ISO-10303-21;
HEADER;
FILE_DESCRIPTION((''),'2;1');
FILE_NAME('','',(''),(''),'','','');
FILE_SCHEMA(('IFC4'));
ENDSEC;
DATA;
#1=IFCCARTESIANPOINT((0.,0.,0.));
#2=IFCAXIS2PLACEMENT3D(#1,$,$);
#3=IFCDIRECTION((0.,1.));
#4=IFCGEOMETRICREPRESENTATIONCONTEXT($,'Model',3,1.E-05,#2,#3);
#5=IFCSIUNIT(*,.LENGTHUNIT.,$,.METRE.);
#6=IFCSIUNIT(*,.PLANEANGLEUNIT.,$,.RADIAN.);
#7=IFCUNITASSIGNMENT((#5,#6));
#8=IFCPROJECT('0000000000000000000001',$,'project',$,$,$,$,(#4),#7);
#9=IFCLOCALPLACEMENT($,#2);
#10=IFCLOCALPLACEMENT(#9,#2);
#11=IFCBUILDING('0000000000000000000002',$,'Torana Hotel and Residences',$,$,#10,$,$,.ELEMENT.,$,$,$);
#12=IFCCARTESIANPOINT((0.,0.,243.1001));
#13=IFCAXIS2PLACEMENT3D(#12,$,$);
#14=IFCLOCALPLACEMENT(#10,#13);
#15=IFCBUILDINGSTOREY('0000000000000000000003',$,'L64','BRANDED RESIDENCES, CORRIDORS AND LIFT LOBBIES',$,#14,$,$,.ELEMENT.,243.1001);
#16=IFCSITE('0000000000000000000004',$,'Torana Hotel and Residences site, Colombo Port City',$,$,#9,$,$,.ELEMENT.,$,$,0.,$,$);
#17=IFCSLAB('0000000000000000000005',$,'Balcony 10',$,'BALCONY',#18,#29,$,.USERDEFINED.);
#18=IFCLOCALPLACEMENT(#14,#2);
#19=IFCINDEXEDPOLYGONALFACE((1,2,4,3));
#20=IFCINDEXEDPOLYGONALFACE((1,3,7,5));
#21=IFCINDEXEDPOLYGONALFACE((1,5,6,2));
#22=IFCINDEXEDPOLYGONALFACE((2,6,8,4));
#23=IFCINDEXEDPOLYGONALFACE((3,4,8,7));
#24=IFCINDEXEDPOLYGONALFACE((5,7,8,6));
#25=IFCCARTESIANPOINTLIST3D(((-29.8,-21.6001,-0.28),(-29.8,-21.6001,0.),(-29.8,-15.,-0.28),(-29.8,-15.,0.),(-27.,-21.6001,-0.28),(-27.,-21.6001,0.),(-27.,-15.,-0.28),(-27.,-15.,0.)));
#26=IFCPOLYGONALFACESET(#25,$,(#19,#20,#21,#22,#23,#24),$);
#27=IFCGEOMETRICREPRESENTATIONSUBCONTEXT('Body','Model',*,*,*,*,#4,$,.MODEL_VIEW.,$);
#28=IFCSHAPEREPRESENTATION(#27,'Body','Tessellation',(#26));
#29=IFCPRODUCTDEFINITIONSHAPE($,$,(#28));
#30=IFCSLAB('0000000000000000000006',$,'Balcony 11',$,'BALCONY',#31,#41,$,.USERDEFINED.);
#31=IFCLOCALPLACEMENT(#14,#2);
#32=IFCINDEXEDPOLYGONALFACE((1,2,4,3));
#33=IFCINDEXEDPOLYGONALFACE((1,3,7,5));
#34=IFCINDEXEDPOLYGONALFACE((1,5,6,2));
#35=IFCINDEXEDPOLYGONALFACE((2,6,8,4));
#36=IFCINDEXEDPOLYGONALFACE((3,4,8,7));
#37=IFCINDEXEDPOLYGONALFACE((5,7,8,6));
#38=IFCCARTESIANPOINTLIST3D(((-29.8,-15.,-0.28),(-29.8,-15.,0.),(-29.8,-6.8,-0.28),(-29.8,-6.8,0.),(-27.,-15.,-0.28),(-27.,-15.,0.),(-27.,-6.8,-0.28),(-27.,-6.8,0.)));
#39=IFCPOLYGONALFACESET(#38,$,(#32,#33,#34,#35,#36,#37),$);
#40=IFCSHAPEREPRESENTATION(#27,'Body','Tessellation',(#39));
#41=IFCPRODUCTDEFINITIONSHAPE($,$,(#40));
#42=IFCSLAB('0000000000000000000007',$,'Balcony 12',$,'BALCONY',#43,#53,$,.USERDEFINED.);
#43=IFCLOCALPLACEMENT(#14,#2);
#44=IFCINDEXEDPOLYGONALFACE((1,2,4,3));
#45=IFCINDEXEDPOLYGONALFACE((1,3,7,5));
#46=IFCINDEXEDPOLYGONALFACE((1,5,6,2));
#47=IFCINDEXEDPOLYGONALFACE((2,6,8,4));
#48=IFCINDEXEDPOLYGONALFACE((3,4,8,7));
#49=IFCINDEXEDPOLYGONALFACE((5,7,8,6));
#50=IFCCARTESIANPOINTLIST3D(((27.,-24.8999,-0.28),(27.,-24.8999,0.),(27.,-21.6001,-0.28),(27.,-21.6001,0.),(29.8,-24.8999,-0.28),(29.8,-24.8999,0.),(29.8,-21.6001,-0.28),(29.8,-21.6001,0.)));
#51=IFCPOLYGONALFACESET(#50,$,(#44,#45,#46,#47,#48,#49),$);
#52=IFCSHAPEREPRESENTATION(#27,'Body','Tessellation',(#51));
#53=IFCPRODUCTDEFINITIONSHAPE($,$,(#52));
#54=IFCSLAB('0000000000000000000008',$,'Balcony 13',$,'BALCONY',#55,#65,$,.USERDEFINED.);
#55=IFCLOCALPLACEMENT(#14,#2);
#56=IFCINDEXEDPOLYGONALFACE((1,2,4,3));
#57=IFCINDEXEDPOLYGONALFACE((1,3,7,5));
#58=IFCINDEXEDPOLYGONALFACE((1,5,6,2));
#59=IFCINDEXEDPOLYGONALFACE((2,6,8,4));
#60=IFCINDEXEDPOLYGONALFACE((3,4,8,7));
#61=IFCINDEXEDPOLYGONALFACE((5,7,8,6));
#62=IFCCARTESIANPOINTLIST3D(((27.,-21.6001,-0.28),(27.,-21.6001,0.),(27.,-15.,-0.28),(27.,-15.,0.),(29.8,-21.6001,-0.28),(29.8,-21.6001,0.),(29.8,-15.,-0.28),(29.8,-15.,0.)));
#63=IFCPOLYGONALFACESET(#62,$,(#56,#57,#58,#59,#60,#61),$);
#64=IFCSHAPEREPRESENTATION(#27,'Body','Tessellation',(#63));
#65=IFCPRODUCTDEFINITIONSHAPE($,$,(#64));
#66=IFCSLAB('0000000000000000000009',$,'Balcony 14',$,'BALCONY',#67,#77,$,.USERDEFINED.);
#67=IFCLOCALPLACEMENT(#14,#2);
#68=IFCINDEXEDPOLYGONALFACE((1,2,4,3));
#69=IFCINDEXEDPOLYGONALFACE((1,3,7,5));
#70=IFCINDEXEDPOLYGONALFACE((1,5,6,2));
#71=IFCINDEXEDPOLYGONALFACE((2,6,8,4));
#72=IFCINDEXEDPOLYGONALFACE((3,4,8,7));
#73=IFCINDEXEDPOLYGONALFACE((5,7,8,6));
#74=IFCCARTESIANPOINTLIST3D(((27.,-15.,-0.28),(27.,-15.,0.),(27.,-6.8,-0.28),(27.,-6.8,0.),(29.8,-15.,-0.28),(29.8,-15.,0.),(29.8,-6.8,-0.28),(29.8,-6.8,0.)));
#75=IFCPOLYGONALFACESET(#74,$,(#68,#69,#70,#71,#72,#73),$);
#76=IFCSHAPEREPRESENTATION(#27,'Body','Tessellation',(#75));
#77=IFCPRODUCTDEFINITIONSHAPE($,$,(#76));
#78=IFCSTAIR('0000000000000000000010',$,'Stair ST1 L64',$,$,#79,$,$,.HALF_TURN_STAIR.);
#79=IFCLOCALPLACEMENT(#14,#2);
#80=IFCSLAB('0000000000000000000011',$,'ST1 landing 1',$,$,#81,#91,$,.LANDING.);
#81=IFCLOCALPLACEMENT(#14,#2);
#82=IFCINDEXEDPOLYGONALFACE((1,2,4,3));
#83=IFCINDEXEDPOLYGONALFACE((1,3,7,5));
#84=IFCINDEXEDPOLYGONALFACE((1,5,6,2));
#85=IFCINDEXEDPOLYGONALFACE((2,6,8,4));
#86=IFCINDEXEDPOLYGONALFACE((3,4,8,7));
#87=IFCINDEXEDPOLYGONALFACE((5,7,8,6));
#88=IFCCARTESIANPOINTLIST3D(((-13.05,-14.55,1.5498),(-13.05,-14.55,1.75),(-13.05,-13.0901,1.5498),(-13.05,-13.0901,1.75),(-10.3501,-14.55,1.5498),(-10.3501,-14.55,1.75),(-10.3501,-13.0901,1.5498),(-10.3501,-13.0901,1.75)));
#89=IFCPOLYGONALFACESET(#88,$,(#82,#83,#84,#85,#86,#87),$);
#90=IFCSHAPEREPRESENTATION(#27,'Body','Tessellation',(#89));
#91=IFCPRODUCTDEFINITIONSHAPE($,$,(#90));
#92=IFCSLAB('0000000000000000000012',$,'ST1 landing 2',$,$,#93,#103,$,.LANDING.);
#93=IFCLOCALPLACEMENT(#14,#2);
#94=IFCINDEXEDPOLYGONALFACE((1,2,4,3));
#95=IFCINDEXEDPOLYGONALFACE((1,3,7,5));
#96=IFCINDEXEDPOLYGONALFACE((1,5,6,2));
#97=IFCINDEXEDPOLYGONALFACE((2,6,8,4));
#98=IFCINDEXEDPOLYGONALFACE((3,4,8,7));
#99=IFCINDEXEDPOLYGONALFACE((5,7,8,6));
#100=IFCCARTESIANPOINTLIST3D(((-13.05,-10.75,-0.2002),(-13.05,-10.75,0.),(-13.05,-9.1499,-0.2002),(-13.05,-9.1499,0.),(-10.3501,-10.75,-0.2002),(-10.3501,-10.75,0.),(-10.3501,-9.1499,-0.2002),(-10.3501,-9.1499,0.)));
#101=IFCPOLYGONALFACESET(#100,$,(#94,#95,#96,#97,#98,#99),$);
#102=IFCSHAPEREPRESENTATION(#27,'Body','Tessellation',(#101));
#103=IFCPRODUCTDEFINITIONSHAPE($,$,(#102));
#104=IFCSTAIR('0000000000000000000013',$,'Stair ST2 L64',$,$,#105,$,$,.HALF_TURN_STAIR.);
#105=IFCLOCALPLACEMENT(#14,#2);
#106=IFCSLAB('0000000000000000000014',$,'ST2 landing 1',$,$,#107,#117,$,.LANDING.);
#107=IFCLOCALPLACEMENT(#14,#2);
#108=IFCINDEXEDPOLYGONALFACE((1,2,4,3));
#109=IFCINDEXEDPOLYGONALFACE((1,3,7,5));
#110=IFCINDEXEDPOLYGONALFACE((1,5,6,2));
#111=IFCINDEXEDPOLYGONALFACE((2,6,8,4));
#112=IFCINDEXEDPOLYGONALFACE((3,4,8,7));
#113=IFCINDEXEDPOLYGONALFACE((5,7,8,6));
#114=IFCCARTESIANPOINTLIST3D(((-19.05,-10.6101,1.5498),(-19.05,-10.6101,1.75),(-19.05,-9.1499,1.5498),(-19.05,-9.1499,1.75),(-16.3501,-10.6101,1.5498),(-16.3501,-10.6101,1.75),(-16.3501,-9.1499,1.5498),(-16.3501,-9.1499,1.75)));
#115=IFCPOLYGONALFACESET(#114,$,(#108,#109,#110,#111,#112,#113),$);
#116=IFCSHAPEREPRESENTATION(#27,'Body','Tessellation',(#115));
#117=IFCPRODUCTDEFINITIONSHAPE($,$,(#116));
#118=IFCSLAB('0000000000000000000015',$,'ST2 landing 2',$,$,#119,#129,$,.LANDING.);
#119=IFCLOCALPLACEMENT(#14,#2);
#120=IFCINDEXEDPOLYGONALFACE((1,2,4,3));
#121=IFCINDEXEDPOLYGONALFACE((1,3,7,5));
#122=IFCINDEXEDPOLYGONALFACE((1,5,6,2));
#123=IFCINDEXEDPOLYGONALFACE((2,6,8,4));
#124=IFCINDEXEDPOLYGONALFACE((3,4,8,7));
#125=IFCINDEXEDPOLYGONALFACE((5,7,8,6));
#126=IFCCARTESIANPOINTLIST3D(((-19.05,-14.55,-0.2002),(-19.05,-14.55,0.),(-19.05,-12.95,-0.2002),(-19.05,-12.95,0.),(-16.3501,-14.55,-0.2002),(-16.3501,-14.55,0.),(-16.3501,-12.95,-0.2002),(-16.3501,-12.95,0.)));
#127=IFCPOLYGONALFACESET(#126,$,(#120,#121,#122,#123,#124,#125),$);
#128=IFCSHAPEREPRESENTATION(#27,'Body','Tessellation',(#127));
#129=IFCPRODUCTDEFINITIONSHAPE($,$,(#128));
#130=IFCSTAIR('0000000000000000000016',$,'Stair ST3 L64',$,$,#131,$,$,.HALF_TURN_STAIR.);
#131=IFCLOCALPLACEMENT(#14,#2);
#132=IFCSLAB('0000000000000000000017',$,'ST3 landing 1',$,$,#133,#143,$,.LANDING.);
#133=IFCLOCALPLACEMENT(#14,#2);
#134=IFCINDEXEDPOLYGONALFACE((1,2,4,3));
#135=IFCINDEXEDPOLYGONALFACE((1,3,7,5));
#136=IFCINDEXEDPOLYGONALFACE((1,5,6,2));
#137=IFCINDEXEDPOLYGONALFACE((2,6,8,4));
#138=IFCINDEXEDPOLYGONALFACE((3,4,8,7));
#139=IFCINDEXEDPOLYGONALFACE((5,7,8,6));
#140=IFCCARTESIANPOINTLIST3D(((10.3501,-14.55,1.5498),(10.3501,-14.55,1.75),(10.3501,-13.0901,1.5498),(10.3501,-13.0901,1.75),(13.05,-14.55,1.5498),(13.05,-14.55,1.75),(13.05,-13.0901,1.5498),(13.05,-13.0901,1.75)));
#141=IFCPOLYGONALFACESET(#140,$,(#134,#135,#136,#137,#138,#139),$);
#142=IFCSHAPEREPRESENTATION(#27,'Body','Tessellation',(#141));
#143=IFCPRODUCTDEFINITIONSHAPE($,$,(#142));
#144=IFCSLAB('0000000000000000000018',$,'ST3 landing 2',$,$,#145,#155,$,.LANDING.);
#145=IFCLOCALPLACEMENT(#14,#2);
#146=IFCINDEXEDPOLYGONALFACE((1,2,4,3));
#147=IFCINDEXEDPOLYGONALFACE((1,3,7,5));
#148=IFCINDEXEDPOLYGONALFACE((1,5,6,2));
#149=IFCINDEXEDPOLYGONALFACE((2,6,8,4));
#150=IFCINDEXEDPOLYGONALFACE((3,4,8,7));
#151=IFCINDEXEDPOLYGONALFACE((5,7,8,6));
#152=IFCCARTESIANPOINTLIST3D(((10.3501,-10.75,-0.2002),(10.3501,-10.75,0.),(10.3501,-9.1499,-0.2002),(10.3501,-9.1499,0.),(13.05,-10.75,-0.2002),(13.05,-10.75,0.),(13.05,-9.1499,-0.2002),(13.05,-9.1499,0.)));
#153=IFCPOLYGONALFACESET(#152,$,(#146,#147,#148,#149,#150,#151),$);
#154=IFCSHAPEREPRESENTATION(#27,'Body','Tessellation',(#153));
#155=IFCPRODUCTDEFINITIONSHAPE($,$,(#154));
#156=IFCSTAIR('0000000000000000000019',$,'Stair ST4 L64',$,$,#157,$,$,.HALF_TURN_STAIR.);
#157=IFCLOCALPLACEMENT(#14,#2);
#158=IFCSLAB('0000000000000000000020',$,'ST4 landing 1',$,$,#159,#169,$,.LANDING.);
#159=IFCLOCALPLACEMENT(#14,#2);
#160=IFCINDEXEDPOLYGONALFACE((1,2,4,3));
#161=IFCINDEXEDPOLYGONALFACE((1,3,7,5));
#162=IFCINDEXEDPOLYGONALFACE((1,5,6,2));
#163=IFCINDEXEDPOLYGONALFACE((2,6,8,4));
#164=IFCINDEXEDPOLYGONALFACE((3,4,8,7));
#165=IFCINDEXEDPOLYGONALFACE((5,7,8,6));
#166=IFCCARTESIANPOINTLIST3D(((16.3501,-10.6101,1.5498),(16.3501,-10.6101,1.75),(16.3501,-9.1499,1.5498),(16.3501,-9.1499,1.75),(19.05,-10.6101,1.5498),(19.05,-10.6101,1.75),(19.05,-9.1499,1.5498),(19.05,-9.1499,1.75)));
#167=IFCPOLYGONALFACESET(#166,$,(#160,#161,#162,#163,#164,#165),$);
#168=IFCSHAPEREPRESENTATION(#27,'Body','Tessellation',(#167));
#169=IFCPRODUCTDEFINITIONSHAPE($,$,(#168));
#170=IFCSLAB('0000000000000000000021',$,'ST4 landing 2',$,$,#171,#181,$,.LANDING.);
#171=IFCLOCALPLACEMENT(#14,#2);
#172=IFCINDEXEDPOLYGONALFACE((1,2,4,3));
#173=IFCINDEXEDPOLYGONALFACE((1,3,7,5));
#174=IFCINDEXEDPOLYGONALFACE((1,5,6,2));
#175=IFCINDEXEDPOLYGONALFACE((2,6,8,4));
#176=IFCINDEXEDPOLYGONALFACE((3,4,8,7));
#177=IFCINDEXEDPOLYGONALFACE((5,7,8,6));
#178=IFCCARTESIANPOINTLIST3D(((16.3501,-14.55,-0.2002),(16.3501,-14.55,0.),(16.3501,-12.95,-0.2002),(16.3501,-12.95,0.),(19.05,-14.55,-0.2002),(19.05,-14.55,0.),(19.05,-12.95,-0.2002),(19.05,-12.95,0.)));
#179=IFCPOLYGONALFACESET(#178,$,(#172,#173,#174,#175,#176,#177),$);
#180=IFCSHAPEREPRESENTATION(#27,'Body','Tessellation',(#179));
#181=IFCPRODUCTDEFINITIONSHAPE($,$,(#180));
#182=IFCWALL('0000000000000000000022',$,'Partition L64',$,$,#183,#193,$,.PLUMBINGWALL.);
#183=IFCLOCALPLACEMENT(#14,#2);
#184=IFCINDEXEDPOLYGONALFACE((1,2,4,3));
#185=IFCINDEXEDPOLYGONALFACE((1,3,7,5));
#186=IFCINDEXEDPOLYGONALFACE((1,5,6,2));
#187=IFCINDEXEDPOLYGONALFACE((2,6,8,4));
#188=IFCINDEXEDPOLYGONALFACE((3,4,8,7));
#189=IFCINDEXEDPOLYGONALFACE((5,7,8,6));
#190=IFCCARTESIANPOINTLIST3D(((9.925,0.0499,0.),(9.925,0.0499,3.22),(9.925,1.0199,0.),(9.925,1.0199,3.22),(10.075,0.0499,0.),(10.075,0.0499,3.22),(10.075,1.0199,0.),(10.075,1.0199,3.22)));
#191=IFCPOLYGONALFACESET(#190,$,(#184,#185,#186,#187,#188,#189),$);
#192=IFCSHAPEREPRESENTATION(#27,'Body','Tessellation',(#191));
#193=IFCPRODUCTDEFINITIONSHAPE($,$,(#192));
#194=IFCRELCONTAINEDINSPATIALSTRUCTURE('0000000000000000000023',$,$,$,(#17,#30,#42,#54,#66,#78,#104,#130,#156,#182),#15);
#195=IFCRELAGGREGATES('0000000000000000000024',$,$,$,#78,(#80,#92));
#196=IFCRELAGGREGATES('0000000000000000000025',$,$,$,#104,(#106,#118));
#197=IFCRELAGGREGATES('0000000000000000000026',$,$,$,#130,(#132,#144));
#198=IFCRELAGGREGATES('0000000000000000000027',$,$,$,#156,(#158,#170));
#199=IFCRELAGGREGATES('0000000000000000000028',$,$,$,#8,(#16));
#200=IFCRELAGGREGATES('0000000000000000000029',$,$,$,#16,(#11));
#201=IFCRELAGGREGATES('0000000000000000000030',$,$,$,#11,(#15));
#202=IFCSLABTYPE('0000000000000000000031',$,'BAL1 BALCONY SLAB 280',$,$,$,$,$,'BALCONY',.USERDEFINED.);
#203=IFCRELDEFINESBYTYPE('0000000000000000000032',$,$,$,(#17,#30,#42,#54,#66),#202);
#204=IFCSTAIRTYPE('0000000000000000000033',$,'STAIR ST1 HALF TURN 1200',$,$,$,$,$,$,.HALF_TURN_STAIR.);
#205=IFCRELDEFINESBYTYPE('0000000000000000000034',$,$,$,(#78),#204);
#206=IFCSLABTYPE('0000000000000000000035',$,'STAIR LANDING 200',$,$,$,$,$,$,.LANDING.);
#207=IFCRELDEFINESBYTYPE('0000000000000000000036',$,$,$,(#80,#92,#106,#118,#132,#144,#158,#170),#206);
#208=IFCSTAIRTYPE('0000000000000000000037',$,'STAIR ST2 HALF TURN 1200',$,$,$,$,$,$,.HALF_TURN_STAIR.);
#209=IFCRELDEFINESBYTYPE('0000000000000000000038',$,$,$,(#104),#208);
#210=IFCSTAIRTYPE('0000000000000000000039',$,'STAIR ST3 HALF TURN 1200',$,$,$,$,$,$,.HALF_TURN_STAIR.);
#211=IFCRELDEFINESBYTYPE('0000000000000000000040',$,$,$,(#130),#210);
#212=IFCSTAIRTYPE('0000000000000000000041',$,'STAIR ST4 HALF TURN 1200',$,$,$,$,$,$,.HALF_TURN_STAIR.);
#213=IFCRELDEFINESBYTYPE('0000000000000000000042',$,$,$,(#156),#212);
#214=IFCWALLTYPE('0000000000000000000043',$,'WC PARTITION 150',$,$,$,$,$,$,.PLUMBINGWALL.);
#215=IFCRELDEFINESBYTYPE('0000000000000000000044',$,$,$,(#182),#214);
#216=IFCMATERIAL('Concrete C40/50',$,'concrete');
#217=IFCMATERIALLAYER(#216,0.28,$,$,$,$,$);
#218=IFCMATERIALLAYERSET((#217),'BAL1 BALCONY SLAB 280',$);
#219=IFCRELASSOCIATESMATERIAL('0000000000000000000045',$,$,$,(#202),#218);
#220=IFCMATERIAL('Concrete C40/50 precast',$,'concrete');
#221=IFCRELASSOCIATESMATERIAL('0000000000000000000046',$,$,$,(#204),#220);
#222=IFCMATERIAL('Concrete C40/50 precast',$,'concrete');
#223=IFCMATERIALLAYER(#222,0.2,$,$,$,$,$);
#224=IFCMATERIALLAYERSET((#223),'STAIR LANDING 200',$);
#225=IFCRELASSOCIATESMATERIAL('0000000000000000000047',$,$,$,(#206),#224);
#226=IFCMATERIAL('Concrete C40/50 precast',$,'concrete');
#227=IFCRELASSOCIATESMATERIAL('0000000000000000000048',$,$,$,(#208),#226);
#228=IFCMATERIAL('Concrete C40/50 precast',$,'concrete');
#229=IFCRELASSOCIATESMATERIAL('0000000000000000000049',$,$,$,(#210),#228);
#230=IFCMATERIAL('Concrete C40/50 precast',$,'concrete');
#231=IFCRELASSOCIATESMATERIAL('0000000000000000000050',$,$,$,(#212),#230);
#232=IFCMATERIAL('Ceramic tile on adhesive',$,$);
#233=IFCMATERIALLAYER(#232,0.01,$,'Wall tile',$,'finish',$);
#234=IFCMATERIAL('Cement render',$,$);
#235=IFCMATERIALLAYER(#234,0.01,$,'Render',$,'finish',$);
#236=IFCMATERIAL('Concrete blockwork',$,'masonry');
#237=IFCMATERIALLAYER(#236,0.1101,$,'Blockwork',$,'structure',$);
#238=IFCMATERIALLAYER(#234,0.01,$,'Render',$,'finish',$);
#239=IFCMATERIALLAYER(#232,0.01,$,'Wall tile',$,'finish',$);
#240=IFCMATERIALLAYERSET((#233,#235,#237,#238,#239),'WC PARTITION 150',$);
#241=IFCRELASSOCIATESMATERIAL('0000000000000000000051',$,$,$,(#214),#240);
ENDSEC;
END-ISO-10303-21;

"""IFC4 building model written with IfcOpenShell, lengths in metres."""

from ifc_helpers import new_model, si_unit, direction, frame, frame_2d, origin, place, context, subcontext, project, spatial, polyline, rectangle, outline, extrude, material, layer, layer_set, type_object, element, aggregate, save


model = new_model("IFC4")

# Units and contexts
model_context = context("Model", 3, precision=1e-05, world=origin(), true_north=direction((0.0, 1.0)))
body_context = subcontext(model_context, "Body", "Model", "MODEL_VIEW")
ifc_project = project(units=[si_unit("LENGTHUNIT", "METRE"), si_unit("PLANEANGLEUNIT", "RADIAN")], contexts=[model_context])

# Site, building, storey
site_placement = place(None, origin())
site = spatial("IfcSite", under=ifc_project, at=site_placement, Name="Torana Hotel and Residences site, Colombo Port City", CompositionType="ELEMENT", RefElevation=0.0)
building_placement = place(site_placement, origin())
building = spatial("IfcBuilding", under=site, at=building_placement, Name="Torana Hotel and Residences", CompositionType="ELEMENT")
storey_placement = place(building_placement, frame((0.0, 0.0, 243.1001)))
storey = spatial("IfcBuildingStorey", under=building, at=storey_placement, Name="L64", Description="BRANDED RESIDENCES, CORRIDORS AND LIFT LOBBIES", CompositionType="ELEMENT", Elevation=243.1001)

# Slabs
ifc_material_1 = material(Name="Concrete C40/50", Category="concrete")
ifc_layer_1 = layer(ifc_material_1, 0.28)
ifc_layer_set_1 = layer_set([ifc_layer_1], Name="BAL1 BALCONY SLAB 280")
slab_type_1 = type_object("IfcSlabType", Name="BAL1 BALCONY SLAB 280", ElementType="BALCONY", PredefinedType="USERDEFINED", material=ifc_layer_set_1)
slab_1_placement = place(storey_placement, frame((0.0, 0.0, -0.28)))
element("IfcSlab", 1, at=slab_1_placement, inside=storey, type_object=slab_type_1, Name="Balcony 10", ObjectType="BALCONY", PredefinedType="USERDEFINED", context=body_context, shape_type="SweptSolid", body=[
    extrude(outline(polyline([(-29.8, -21.6001), (-27.0, -21.6001), (-27.0, -15.0), (-29.8, -15.0), (-29.8, -21.6001)])), origin(), (0.0, 0.0, 1.0), 0.28),
])
slab_2_placement = place(storey_placement, frame((0.0, 0.0, -0.28)))
element("IfcSlab", 2, at=slab_2_placement, inside=storey, type_object=slab_type_1, Name="Balcony 11", ObjectType="BALCONY", PredefinedType="USERDEFINED", context=body_context, shape_type="SweptSolid", body=[
    extrude(outline(polyline([(-29.8, -15.0), (-27.0, -15.0), (-27.0, -6.8), (-29.8, -6.8), (-29.8, -15.0)])), origin(), (0.0, 0.0, 1.0), 0.28),
])
slab_3_placement = place(storey_placement, frame((0.0, 0.0, -0.28)))
element("IfcSlab", 3, at=slab_3_placement, inside=storey, type_object=slab_type_1, Name="Balcony 12", ObjectType="BALCONY", PredefinedType="USERDEFINED", context=body_context, shape_type="SweptSolid", body=[
    extrude(outline(polyline([(27.0, -24.8999), (29.8, -24.8999), (29.8, -21.6001), (27.0, -21.6001), (27.0, -24.8999)])), origin(), (0.0, 0.0, 1.0), 0.28),
])
slab_4_placement = place(storey_placement, frame((0.0, 0.0, -0.28)))
element("IfcSlab", 4, at=slab_4_placement, inside=storey, type_object=slab_type_1, Name="Balcony 13", ObjectType="BALCONY", PredefinedType="USERDEFINED", context=body_context, shape_type="SweptSolid", body=[
    extrude(outline(polyline([(27.0, -21.6001), (29.8, -21.6001), (29.8, -15.0), (27.0, -15.0), (27.0, -21.6001)])), origin(), (0.0, 0.0, 1.0), 0.28),
])
slab_5_placement = place(storey_placement, frame((0.0, 0.0, -0.28)))
element("IfcSlab", 5, at=slab_5_placement, inside=storey, type_object=slab_type_1, Name="Balcony 14", ObjectType="BALCONY", PredefinedType="USERDEFINED", context=body_context, shape_type="SweptSolid", body=[
    extrude(outline(polyline([(27.0, -15.0), (29.8, -15.0), (29.8, -6.8), (27.0, -6.8), (27.0, -15.0)])), origin(), (0.0, 0.0, 1.0), 0.28),
])

# Stairs, slabs
ifc_material_2 = material(Name="Concrete C40/50 precast", Category="concrete")
stair_type_1 = type_object("IfcStairType", Name="STAIR ST1 HALF TURN 1200", PredefinedType="HALF_TURN_STAIR", material=ifc_material_2)
stair_1_placement = place(storey_placement, origin())
stair_1 = element("IfcStair", 6, at=stair_1_placement, inside=storey, type_object=stair_type_1, Name="Stair ST1 L64", PredefinedType="HALF_TURN_STAIR")
ifc_material_3 = material(Name="Concrete C40/50 precast", Category="concrete")
ifc_layer_2 = layer(ifc_material_3, 0.2)
ifc_layer_set_2 = layer_set([ifc_layer_2], Name="STAIR LANDING 200")
slab_type_2 = type_object("IfcSlabType", Name="STAIR LANDING 200", PredefinedType="LANDING", material=ifc_layer_set_2)
slab_6_placement = place(storey_placement, frame((0.0, 0.0, 1.5498)))
slab_6 = element("IfcSlab", 7, at=slab_6_placement, type_object=slab_type_2, Name="ST1 landing 1", PredefinedType="LANDING", context=body_context, shape_type="SweptSolid", body=[
    extrude(outline(polyline([(-13.05, -14.55), (-10.3501, -14.55), (-10.3501, -13.0901), (-13.05, -13.0901), (-13.05, -14.55)])), origin(), (0.0, 0.0, 1.0), 0.2002),
])
slab_7_placement = place(storey_placement, frame((0.0, 0.0, -0.2002)))
slab_7 = element("IfcSlab", 8, at=slab_7_placement, type_object=slab_type_2, Name="ST1 landing 2", PredefinedType="LANDING", context=body_context, shape_type="SweptSolid", body=[
    extrude(outline(polyline([(-13.05, -10.75), (-10.3501, -10.75), (-10.3501, -9.1499), (-13.05, -9.1499), (-13.05, -10.75)])), origin(), (0.0, 0.0, 1.0), 0.2002),
])
aggregate(stair_1, [slab_6, slab_7])
ifc_material_4 = material(Name="Concrete C40/50 precast", Category="concrete")
stair_type_2 = type_object("IfcStairType", Name="STAIR ST2 HALF TURN 1200", PredefinedType="HALF_TURN_STAIR", material=ifc_material_4)
stair_2_placement = place(storey_placement, origin())
stair_2 = element("IfcStair", 9, at=stair_2_placement, inside=storey, type_object=stair_type_2, Name="Stair ST2 L64", PredefinedType="HALF_TURN_STAIR")
slab_8_placement = place(storey_placement, frame((0.0, 0.0, 1.5498)))
slab_8 = element("IfcSlab", 10, at=slab_8_placement, type_object=slab_type_2, Name="ST2 landing 1", PredefinedType="LANDING", context=body_context, shape_type="SweptSolid", body=[
    extrude(outline(polyline([(-19.05, -10.6101), (-16.3501, -10.6101), (-16.3501, -9.1499), (-19.05, -9.1499), (-19.05, -10.6101)])), origin(), (0.0, 0.0, 1.0), 0.2002),
])
slab_9_placement = place(storey_placement, frame((0.0, 0.0, -0.2002)))
slab_9 = element("IfcSlab", 11, at=slab_9_placement, type_object=slab_type_2, Name="ST2 landing 2", PredefinedType="LANDING", context=body_context, shape_type="SweptSolid", body=[
    extrude(outline(polyline([(-19.05, -14.55), (-16.3501, -14.55), (-16.3501, -12.95), (-19.05, -12.95), (-19.05, -14.55)])), origin(), (0.0, 0.0, 1.0), 0.2002),
])
aggregate(stair_2, [slab_8, slab_9])
ifc_material_5 = material(Name="Concrete C40/50 precast", Category="concrete")
stair_type_3 = type_object("IfcStairType", Name="STAIR ST3 HALF TURN 1200", PredefinedType="HALF_TURN_STAIR", material=ifc_material_5)
stair_3_placement = place(storey_placement, origin())
stair_3 = element("IfcStair", 12, at=stair_3_placement, inside=storey, type_object=stair_type_3, Name="Stair ST3 L64", PredefinedType="HALF_TURN_STAIR")
slab_10_placement = place(storey_placement, frame((0.0, 0.0, 1.5498)))
slab_10 = element("IfcSlab", 13, at=slab_10_placement, type_object=slab_type_2, Name="ST3 landing 1", PredefinedType="LANDING", context=body_context, shape_type="SweptSolid", body=[
    extrude(outline(polyline([(10.3501, -14.55), (13.05, -14.55), (13.05, -13.0901), (10.3501, -13.0901), (10.3501, -14.55)])), origin(), (0.0, 0.0, 1.0), 0.2002),
])
slab_11_placement = place(storey_placement, frame((0.0, 0.0, -0.2002)))
slab_11 = element("IfcSlab", 14, at=slab_11_placement, type_object=slab_type_2, Name="ST3 landing 2", PredefinedType="LANDING", context=body_context, shape_type="SweptSolid", body=[
    extrude(outline(polyline([(10.3501, -10.75), (13.05, -10.75), (13.05, -9.1499), (10.3501, -9.1499), (10.3501, -10.75)])), origin(), (0.0, 0.0, 1.0), 0.2002),
])
aggregate(stair_3, [slab_10, slab_11])
ifc_material_6 = material(Name="Concrete C40/50 precast", Category="concrete")
stair_type_4 = type_object("IfcStairType", Name="STAIR ST4 HALF TURN 1200", PredefinedType="HALF_TURN_STAIR", material=ifc_material_6)
stair_4_placement = place(storey_placement, origin())
stair_4 = element("IfcStair", 15, at=stair_4_placement, inside=storey, type_object=stair_type_4, Name="Stair ST4 L64", PredefinedType="HALF_TURN_STAIR")
slab_12_placement = place(storey_placement, frame((0.0, 0.0, 1.5498)))
slab_12 = element("IfcSlab", 16, at=slab_12_placement, type_object=slab_type_2, Name="ST4 landing 1", PredefinedType="LANDING", context=body_context, shape_type="SweptSolid", body=[
    extrude(outline(polyline([(16.3501, -10.6101), (19.05, -10.6101), (19.05, -9.1499), (16.3501, -9.1499), (16.3501, -10.6101)])), origin(), (0.0, 0.0, 1.0), 0.2002),
])
slab_13_placement = place(storey_placement, frame((0.0, 0.0, -0.2002)))
slab_13 = element("IfcSlab", 17, at=slab_13_placement, type_object=slab_type_2, Name="ST4 landing 2", PredefinedType="LANDING", context=body_context, shape_type="SweptSolid", body=[
    extrude(outline(polyline([(16.3501, -14.55), (19.05, -14.55), (19.05, -12.95), (16.3501, -12.95), (16.3501, -14.55)])), origin(), (0.0, 0.0, 1.0), 0.2002),
])
aggregate(stair_4, [slab_12, slab_13])

# Wall
ifc_material_7 = material(Name="Ceramic tile on adhesive")
ifc_layer_3 = layer(ifc_material_7, 0.01, Name="Wall tile", Category="finish")
ifc_material_8 = material(Name="Cement render")
ifc_layer_4 = layer(ifc_material_8, 0.01, Name="Render", Category="finish")
ifc_material_9 = material(Name="Concrete blockwork", Category="masonry")
ifc_layer_5 = layer(ifc_material_9, 0.1101, Name="Blockwork", Category="structure")
ifc_layer_6 = layer(ifc_material_8, 0.01, Name="Render", Category="finish")
ifc_layer_7 = layer(ifc_material_7, 0.01, Name="Wall tile", Category="finish")
ifc_layer_set_3 = layer_set([ifc_layer_3, ifc_layer_4, ifc_layer_5, ifc_layer_6, ifc_layer_7], Name="WC PARTITION 150")
wall_type = type_object("IfcWallType", Name="WC PARTITION 150", PredefinedType="PLUMBINGWALL", material=ifc_layer_set_3)
wall_placement = place(storey_placement, frame((10.0, 0.05, 0.0), z_axis=(0.0, 0.0, 1.0), x_axis=(0.0, 1.0, 0.0)))
element("IfcWall", 18, at=wall_placement, inside=storey, type_object=wall_type, Name="Partition L64", PredefinedType="PLUMBINGWALL", context=body_context, shape_type="SweptSolid", body=[
    extrude(rectangle(XDim=0.97, YDim=0.1499, at=frame_2d((0.4849, 0.0))), origin(), (0.0, 0.0, 1.0), 3.22),
])

save(model, "model.ifc")
